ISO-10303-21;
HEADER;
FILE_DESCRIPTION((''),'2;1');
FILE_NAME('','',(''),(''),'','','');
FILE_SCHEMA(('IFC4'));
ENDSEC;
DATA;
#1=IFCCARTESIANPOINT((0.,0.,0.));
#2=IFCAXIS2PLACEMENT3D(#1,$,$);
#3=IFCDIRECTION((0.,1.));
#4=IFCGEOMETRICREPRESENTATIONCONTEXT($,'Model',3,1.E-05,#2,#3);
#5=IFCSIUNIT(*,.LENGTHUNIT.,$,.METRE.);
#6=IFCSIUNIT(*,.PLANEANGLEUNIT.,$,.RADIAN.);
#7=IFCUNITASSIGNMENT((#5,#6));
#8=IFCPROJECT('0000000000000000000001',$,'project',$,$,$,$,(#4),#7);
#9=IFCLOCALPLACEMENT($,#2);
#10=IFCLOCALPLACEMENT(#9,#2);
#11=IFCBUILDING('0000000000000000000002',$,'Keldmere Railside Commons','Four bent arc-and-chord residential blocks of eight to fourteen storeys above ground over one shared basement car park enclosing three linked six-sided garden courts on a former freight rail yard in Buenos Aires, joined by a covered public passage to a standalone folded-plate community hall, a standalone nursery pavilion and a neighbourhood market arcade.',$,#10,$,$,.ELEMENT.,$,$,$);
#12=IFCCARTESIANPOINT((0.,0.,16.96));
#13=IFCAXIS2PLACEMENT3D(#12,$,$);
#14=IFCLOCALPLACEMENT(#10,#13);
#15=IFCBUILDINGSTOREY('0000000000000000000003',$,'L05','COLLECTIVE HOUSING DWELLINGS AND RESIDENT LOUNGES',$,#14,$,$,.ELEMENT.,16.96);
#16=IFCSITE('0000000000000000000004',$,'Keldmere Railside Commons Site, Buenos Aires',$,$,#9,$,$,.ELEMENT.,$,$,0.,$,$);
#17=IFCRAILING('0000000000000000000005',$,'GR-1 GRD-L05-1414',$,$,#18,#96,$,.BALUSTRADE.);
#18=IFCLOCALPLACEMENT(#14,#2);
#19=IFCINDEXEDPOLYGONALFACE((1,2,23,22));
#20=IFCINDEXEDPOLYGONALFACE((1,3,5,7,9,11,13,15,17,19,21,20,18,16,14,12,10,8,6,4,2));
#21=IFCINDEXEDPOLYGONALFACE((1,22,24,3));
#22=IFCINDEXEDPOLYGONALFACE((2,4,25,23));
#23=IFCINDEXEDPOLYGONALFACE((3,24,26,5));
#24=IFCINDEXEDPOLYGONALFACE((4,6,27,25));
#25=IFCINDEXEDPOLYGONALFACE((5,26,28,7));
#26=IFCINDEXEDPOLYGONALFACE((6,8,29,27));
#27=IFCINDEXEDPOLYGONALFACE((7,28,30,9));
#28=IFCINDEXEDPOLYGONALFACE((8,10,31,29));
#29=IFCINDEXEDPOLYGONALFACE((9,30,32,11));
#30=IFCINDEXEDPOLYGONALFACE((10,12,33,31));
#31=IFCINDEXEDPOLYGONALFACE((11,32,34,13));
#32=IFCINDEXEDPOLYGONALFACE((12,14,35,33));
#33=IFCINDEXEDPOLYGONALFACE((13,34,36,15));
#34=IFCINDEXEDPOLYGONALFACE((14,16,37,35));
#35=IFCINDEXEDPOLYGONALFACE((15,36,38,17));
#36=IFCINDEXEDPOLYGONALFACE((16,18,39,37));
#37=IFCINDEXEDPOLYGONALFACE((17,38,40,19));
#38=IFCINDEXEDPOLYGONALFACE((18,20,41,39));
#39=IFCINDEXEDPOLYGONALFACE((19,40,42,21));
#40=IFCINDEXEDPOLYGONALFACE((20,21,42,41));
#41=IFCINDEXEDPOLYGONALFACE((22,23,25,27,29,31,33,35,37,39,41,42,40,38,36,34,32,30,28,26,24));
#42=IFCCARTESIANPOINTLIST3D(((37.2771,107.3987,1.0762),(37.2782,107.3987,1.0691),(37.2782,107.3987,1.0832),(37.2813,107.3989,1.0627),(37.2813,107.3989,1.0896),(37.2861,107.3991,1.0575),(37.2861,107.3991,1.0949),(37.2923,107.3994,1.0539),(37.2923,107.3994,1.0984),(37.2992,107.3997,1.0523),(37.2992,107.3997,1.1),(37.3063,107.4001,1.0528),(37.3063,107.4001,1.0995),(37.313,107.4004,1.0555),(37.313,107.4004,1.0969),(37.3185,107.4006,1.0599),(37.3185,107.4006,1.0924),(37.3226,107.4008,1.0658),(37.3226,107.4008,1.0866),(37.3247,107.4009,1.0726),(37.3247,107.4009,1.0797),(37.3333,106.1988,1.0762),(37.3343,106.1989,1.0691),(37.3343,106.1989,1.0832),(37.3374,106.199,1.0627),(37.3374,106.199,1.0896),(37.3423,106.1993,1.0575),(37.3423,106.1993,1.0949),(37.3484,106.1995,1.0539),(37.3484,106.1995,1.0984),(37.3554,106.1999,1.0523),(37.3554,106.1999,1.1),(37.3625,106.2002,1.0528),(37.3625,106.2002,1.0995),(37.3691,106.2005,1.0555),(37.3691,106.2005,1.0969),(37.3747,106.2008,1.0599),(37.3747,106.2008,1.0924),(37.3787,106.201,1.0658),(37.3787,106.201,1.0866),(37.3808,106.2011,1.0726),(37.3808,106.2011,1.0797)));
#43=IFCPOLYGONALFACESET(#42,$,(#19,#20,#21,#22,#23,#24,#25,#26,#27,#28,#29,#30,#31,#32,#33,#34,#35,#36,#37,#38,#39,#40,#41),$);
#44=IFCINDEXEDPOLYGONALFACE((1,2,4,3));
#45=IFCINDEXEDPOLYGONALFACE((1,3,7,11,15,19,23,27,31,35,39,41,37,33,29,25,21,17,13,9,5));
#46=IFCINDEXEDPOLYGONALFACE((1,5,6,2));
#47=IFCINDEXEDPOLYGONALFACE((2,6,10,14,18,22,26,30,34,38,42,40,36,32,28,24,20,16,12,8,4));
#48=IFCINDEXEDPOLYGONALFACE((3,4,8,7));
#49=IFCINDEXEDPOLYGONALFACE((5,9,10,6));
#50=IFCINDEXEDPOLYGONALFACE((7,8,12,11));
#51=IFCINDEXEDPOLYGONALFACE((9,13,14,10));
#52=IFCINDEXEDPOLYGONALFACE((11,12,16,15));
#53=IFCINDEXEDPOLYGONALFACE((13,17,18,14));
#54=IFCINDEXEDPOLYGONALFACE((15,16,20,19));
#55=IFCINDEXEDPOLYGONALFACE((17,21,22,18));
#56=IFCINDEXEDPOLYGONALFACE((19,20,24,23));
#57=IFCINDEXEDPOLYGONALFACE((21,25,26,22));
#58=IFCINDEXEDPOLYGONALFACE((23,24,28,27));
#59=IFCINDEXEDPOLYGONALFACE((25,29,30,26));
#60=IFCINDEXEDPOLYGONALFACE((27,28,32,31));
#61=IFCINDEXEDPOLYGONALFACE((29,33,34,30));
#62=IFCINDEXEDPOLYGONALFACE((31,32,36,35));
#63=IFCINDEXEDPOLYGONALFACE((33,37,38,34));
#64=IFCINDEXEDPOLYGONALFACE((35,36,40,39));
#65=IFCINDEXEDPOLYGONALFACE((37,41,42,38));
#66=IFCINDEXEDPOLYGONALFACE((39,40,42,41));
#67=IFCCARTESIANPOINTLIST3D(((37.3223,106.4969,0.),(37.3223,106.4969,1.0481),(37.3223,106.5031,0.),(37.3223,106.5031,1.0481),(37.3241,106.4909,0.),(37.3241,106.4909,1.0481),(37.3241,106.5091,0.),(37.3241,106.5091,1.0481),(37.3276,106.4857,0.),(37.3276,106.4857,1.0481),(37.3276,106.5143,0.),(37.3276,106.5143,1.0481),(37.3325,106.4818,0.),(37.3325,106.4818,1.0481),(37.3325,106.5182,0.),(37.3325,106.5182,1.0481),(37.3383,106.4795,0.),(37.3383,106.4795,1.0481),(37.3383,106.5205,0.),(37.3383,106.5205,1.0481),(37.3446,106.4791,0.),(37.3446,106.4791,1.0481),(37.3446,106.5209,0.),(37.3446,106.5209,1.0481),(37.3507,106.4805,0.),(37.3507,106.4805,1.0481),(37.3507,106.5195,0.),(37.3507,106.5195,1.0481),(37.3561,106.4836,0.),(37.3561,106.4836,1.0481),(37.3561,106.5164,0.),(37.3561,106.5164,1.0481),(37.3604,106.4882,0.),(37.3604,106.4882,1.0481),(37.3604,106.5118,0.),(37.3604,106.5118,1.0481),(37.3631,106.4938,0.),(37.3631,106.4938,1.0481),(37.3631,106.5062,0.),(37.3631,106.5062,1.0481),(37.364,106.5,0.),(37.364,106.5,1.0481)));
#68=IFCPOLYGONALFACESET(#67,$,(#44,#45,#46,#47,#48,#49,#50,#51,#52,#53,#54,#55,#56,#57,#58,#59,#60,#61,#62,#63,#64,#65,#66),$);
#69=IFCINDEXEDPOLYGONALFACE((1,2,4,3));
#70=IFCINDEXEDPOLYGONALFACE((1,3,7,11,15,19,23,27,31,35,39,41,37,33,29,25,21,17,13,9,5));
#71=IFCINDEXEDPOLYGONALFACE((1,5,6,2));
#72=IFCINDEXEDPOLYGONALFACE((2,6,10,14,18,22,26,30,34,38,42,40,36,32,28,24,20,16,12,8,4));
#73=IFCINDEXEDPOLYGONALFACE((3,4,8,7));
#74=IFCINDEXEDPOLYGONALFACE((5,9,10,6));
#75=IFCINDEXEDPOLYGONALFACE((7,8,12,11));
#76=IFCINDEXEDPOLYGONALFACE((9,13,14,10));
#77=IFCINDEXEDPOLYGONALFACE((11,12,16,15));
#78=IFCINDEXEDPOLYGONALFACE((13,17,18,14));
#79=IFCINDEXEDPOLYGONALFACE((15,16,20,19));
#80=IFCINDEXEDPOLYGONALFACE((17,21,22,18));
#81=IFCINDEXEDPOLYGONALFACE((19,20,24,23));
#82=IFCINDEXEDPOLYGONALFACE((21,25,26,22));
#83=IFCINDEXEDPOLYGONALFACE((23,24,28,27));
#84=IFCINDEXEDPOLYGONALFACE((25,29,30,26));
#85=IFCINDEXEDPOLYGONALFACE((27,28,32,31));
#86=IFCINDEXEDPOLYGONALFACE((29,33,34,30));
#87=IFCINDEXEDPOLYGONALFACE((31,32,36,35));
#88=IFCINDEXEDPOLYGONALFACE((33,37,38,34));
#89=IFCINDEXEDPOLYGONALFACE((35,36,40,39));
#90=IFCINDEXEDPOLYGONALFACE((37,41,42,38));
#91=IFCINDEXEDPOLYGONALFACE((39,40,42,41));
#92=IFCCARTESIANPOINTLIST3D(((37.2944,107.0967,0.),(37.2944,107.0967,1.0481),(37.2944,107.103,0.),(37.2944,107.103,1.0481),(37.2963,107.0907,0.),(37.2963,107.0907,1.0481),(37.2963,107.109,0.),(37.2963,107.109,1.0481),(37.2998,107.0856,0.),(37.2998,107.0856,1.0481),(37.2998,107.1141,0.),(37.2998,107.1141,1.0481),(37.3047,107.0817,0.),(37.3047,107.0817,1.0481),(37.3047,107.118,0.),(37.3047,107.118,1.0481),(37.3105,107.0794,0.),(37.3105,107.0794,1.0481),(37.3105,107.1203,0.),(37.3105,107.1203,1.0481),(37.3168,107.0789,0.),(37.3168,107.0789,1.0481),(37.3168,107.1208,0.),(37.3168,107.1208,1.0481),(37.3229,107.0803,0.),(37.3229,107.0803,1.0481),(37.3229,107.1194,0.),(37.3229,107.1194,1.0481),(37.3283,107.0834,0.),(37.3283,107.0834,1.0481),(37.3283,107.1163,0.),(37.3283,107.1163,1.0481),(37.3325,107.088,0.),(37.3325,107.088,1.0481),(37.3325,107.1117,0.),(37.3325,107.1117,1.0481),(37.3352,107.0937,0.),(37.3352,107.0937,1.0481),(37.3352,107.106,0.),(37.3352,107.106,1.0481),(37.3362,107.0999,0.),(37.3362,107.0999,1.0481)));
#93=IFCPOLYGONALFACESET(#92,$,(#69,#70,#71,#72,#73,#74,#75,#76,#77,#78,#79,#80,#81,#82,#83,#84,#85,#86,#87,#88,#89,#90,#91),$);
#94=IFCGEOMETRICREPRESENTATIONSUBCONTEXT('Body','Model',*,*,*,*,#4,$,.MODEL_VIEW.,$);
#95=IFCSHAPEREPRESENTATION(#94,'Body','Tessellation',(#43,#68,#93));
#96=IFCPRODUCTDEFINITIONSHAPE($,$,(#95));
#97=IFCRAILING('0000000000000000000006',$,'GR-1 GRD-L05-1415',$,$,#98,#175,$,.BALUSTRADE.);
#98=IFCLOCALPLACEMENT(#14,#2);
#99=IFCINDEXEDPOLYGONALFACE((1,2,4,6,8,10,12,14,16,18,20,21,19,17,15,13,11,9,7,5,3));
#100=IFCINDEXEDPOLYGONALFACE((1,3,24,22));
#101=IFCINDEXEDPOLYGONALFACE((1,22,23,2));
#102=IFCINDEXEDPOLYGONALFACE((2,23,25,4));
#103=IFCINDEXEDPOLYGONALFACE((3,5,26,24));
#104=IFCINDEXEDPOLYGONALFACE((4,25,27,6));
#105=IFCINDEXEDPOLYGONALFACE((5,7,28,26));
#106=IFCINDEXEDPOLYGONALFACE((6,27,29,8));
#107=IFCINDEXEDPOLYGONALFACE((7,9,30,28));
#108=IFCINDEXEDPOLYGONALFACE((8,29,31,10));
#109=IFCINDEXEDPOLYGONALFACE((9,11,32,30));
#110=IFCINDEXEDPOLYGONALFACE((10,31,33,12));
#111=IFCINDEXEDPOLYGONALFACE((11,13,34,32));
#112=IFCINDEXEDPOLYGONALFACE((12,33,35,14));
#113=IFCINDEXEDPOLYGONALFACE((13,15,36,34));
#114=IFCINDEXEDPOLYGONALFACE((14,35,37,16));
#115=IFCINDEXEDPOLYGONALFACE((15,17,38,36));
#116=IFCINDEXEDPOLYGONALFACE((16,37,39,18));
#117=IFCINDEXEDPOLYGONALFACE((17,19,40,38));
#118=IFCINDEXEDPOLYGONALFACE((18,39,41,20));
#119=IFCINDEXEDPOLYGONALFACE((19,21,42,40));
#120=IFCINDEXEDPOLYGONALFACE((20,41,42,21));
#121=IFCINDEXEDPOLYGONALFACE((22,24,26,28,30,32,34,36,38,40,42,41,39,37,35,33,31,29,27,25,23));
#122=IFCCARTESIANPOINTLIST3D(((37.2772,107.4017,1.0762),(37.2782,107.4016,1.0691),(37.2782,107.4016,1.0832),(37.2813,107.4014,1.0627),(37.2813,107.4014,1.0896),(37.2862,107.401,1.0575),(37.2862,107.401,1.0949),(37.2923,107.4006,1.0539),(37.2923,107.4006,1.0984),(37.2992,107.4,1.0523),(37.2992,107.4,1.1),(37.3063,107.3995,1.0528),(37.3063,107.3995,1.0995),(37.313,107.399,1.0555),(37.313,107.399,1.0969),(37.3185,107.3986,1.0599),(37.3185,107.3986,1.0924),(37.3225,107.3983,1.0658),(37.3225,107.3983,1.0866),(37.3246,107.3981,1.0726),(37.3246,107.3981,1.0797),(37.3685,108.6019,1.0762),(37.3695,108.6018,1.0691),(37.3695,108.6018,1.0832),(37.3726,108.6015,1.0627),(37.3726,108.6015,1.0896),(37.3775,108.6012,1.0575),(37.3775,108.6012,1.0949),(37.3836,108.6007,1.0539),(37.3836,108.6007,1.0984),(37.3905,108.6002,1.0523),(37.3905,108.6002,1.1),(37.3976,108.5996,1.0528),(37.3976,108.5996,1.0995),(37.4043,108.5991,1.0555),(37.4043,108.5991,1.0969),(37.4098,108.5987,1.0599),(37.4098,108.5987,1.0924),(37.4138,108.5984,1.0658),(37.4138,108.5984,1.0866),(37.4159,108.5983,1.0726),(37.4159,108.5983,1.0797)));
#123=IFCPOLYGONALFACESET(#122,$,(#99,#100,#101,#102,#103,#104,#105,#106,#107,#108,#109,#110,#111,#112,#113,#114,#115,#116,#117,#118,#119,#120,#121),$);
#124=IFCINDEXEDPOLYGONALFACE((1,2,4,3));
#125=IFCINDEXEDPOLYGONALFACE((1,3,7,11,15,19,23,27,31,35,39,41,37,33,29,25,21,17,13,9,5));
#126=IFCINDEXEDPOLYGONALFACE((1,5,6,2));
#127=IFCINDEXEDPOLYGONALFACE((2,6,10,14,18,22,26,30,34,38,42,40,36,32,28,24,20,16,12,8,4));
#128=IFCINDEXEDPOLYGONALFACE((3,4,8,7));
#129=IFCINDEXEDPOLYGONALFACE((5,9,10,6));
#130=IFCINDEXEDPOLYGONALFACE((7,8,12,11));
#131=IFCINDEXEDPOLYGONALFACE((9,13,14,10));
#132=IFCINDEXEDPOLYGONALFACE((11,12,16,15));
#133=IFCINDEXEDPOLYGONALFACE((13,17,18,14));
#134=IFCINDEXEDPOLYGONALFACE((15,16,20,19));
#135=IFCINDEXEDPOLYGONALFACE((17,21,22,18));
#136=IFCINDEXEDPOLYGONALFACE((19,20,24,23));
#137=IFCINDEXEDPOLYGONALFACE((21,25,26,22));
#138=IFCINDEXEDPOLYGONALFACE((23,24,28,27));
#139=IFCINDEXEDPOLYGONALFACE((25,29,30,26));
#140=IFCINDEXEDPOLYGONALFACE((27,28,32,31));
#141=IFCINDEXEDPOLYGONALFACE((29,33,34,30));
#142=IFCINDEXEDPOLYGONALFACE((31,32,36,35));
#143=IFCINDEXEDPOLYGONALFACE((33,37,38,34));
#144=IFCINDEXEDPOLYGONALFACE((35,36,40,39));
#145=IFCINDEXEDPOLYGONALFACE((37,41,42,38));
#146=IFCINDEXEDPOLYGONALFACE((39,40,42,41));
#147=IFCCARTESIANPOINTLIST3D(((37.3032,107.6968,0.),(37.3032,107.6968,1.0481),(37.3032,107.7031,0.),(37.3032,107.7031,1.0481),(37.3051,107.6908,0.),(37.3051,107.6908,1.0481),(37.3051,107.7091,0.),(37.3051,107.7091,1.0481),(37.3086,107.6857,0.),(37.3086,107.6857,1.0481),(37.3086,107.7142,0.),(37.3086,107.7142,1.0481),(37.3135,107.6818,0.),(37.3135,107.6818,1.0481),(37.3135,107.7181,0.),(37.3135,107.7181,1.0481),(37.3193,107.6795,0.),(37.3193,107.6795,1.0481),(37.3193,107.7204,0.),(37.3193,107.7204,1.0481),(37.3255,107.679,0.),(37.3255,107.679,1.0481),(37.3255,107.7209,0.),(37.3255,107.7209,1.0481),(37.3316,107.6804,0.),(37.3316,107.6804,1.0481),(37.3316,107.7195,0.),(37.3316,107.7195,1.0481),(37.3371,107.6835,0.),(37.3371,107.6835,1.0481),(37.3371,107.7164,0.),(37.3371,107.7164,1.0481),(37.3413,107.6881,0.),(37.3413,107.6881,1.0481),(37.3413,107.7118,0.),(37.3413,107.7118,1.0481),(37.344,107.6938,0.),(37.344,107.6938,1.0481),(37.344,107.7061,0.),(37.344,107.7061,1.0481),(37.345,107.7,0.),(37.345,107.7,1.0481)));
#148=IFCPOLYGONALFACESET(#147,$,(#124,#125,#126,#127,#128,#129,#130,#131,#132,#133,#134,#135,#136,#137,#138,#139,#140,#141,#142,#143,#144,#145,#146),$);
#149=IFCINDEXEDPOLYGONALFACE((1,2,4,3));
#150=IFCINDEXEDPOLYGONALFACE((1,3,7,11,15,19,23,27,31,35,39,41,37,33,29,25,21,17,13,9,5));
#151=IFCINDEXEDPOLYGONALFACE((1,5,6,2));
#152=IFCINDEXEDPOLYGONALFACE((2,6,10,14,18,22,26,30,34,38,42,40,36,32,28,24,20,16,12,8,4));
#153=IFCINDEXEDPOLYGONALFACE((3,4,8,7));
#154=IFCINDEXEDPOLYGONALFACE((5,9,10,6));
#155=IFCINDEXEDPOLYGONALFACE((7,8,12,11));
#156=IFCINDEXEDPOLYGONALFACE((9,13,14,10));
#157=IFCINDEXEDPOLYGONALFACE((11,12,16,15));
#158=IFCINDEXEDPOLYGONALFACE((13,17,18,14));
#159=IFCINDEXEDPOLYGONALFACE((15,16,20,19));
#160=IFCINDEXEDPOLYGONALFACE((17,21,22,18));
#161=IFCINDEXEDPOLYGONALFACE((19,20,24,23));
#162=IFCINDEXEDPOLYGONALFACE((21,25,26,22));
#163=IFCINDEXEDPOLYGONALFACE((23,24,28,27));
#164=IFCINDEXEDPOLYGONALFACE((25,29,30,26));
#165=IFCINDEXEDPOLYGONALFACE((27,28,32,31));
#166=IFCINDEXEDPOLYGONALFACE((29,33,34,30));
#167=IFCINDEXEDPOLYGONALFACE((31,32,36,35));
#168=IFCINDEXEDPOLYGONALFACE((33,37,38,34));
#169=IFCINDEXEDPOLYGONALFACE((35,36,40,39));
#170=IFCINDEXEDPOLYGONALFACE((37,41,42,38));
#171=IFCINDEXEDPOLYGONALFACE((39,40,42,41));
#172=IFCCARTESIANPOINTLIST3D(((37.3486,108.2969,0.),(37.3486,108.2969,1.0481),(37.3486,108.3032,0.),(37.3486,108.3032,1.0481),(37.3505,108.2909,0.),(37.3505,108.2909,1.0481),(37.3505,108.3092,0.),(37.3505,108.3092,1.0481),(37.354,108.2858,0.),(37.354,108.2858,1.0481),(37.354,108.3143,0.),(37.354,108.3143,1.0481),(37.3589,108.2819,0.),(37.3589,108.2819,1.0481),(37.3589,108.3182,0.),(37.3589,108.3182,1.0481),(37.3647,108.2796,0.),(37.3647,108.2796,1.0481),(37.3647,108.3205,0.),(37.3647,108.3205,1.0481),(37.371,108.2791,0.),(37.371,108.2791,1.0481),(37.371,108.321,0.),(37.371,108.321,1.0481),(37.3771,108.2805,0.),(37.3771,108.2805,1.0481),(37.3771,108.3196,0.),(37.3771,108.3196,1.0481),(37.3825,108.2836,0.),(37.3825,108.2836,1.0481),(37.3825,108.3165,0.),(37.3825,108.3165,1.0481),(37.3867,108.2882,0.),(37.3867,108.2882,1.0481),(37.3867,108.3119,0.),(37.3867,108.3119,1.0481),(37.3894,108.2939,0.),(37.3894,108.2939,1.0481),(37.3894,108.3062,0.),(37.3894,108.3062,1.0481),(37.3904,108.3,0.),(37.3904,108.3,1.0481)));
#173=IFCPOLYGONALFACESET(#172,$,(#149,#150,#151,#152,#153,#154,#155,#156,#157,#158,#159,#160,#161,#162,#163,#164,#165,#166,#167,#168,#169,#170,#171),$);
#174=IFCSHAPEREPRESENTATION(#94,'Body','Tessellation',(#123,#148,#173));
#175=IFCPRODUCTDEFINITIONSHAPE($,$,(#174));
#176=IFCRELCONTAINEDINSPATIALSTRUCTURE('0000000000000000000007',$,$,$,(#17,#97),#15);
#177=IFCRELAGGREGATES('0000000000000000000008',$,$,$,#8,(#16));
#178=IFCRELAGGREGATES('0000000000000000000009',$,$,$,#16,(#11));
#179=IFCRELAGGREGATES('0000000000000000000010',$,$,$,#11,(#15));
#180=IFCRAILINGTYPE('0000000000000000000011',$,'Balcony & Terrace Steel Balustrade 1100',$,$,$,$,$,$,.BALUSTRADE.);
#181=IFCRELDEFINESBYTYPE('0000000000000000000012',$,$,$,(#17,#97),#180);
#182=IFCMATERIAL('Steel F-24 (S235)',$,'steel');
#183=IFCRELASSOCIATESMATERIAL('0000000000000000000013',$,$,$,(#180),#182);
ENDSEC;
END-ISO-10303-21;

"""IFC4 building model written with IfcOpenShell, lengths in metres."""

from ifc_helpers import new_model, si_unit, direction, frame, origin, origin_2d, place, context, subcontext, project, spatial, circle, extrude, material, type_object, element, save


model = new_model("IFC4")

# Units and contexts
model_context = context("Model", 3, precision=1e-05, world=origin(), true_north=direction((0.0, 1.0)))
body_context = subcontext(model_context, "Body", "Model", "MODEL_VIEW")
ifc_project = project(units=[si_unit("LENGTHUNIT", "METRE"), si_unit("PLANEANGLEUNIT", "RADIAN")], contexts=[model_context])

# Site, building, storey
site_placement = place(None, origin())
site = spatial("IfcSite", under=ifc_project, at=site_placement, Name="Keldmere Railside Commons Site, Buenos Aires", CompositionType="ELEMENT", RefElevation=0.0)
building_placement = place(site_placement, origin())
building = spatial("IfcBuilding", under=site, at=building_placement, Name="Keldmere Railside Commons", Description="Four bent arc-and-chord residential blocks of eight to fourteen storeys above ground over one shared basement car park enclosing three linked six-sided garden courts on a former freight rail yard in Buenos Aires, joined by a covered public passage to a standalone folded-plate community hall, a standalone nursery pavilion and a neighbourhood market arcade.", CompositionType="ELEMENT")
storey_placement = place(building_placement, frame((0.0, 0.0, 16.96)))
storey = spatial("IfcBuildingStorey", under=building, at=storey_placement, Name="L05", Description="COLLECTIVE HOUSING DWELLINGS AND RESIDENT LOUNGES", CompositionType="ELEMENT", Elevation=16.96)

# Shared definitions
ifc_material_1 = material(Name="Steel F-24 (S235)", Category="steel")

# Railings
railing_type_1 = type_object("IfcRailingType", Name="Balcony & Terrace Steel Balustrade 1100", PredefinedType="BALUSTRADE", material=ifc_material_1)
railing_1_placement = place(storey_placement, frame((37.3572, 106.2, 0.0)))
element("IfcRailing", 1, at=railing_1_placement, inside=storey, type_object=railing_type_1, Name="GR-1 GRD-L05-1414", PredefinedType="BALUSTRADE", context=body_context, shape_type="SweptSolid", body=[
    extrude(circle(Radius=0.0239, at=origin_2d()), frame((0.0, 0.0, 1.0762), z_axis=(-0.046744, 0.998907, 0.0), x_axis=(-0.998907, -0.046744, 0.0)), (0.0, 0.0, 1.0), 1.2012),
    extrude(circle(Radius=0.021, at=origin_2d()), frame((-0.0142, 0.3, 0.0)), (0.0, 0.0, 1.0), 1.0481),
    extrude(circle(Radius=0.021, at=origin_2d()), frame((-0.042, 0.8999, 0.0)), (0.0, 0.0, 1.0), 1.0481),
])
railing_2_placement = place(storey_placement, frame((37.301, 107.3999, 0.0)))
element("IfcRailing", 2, at=railing_2_placement, inside=storey, type_object=railing_type_1, Name="GR-1 GRD-L05-1415", PredefinedType="BALUSTRADE", context=body_context, shape_type="SweptSolid", body=[
    extrude(circle(Radius=0.0239, at=origin_2d()), frame((0.0, 0.0, 1.0762), z_axis=(0.075859, 0.997119, 0.0), x_axis=(-0.997119, 0.075859, 0.0)), (0.0, 0.0, 1.0), 1.2036),
    extrude(circle(Radius=0.021, at=origin_2d()), frame((0.0229, 0.3, 0.0)), (0.0, 0.0, 1.0), 1.0481),
    extrude(circle(Radius=0.021, at=origin_2d()), frame((0.0684, 0.9001, 0.0)), (0.0, 0.0, 1.0), 1.0481),
])

save(model, "model.ifc")
